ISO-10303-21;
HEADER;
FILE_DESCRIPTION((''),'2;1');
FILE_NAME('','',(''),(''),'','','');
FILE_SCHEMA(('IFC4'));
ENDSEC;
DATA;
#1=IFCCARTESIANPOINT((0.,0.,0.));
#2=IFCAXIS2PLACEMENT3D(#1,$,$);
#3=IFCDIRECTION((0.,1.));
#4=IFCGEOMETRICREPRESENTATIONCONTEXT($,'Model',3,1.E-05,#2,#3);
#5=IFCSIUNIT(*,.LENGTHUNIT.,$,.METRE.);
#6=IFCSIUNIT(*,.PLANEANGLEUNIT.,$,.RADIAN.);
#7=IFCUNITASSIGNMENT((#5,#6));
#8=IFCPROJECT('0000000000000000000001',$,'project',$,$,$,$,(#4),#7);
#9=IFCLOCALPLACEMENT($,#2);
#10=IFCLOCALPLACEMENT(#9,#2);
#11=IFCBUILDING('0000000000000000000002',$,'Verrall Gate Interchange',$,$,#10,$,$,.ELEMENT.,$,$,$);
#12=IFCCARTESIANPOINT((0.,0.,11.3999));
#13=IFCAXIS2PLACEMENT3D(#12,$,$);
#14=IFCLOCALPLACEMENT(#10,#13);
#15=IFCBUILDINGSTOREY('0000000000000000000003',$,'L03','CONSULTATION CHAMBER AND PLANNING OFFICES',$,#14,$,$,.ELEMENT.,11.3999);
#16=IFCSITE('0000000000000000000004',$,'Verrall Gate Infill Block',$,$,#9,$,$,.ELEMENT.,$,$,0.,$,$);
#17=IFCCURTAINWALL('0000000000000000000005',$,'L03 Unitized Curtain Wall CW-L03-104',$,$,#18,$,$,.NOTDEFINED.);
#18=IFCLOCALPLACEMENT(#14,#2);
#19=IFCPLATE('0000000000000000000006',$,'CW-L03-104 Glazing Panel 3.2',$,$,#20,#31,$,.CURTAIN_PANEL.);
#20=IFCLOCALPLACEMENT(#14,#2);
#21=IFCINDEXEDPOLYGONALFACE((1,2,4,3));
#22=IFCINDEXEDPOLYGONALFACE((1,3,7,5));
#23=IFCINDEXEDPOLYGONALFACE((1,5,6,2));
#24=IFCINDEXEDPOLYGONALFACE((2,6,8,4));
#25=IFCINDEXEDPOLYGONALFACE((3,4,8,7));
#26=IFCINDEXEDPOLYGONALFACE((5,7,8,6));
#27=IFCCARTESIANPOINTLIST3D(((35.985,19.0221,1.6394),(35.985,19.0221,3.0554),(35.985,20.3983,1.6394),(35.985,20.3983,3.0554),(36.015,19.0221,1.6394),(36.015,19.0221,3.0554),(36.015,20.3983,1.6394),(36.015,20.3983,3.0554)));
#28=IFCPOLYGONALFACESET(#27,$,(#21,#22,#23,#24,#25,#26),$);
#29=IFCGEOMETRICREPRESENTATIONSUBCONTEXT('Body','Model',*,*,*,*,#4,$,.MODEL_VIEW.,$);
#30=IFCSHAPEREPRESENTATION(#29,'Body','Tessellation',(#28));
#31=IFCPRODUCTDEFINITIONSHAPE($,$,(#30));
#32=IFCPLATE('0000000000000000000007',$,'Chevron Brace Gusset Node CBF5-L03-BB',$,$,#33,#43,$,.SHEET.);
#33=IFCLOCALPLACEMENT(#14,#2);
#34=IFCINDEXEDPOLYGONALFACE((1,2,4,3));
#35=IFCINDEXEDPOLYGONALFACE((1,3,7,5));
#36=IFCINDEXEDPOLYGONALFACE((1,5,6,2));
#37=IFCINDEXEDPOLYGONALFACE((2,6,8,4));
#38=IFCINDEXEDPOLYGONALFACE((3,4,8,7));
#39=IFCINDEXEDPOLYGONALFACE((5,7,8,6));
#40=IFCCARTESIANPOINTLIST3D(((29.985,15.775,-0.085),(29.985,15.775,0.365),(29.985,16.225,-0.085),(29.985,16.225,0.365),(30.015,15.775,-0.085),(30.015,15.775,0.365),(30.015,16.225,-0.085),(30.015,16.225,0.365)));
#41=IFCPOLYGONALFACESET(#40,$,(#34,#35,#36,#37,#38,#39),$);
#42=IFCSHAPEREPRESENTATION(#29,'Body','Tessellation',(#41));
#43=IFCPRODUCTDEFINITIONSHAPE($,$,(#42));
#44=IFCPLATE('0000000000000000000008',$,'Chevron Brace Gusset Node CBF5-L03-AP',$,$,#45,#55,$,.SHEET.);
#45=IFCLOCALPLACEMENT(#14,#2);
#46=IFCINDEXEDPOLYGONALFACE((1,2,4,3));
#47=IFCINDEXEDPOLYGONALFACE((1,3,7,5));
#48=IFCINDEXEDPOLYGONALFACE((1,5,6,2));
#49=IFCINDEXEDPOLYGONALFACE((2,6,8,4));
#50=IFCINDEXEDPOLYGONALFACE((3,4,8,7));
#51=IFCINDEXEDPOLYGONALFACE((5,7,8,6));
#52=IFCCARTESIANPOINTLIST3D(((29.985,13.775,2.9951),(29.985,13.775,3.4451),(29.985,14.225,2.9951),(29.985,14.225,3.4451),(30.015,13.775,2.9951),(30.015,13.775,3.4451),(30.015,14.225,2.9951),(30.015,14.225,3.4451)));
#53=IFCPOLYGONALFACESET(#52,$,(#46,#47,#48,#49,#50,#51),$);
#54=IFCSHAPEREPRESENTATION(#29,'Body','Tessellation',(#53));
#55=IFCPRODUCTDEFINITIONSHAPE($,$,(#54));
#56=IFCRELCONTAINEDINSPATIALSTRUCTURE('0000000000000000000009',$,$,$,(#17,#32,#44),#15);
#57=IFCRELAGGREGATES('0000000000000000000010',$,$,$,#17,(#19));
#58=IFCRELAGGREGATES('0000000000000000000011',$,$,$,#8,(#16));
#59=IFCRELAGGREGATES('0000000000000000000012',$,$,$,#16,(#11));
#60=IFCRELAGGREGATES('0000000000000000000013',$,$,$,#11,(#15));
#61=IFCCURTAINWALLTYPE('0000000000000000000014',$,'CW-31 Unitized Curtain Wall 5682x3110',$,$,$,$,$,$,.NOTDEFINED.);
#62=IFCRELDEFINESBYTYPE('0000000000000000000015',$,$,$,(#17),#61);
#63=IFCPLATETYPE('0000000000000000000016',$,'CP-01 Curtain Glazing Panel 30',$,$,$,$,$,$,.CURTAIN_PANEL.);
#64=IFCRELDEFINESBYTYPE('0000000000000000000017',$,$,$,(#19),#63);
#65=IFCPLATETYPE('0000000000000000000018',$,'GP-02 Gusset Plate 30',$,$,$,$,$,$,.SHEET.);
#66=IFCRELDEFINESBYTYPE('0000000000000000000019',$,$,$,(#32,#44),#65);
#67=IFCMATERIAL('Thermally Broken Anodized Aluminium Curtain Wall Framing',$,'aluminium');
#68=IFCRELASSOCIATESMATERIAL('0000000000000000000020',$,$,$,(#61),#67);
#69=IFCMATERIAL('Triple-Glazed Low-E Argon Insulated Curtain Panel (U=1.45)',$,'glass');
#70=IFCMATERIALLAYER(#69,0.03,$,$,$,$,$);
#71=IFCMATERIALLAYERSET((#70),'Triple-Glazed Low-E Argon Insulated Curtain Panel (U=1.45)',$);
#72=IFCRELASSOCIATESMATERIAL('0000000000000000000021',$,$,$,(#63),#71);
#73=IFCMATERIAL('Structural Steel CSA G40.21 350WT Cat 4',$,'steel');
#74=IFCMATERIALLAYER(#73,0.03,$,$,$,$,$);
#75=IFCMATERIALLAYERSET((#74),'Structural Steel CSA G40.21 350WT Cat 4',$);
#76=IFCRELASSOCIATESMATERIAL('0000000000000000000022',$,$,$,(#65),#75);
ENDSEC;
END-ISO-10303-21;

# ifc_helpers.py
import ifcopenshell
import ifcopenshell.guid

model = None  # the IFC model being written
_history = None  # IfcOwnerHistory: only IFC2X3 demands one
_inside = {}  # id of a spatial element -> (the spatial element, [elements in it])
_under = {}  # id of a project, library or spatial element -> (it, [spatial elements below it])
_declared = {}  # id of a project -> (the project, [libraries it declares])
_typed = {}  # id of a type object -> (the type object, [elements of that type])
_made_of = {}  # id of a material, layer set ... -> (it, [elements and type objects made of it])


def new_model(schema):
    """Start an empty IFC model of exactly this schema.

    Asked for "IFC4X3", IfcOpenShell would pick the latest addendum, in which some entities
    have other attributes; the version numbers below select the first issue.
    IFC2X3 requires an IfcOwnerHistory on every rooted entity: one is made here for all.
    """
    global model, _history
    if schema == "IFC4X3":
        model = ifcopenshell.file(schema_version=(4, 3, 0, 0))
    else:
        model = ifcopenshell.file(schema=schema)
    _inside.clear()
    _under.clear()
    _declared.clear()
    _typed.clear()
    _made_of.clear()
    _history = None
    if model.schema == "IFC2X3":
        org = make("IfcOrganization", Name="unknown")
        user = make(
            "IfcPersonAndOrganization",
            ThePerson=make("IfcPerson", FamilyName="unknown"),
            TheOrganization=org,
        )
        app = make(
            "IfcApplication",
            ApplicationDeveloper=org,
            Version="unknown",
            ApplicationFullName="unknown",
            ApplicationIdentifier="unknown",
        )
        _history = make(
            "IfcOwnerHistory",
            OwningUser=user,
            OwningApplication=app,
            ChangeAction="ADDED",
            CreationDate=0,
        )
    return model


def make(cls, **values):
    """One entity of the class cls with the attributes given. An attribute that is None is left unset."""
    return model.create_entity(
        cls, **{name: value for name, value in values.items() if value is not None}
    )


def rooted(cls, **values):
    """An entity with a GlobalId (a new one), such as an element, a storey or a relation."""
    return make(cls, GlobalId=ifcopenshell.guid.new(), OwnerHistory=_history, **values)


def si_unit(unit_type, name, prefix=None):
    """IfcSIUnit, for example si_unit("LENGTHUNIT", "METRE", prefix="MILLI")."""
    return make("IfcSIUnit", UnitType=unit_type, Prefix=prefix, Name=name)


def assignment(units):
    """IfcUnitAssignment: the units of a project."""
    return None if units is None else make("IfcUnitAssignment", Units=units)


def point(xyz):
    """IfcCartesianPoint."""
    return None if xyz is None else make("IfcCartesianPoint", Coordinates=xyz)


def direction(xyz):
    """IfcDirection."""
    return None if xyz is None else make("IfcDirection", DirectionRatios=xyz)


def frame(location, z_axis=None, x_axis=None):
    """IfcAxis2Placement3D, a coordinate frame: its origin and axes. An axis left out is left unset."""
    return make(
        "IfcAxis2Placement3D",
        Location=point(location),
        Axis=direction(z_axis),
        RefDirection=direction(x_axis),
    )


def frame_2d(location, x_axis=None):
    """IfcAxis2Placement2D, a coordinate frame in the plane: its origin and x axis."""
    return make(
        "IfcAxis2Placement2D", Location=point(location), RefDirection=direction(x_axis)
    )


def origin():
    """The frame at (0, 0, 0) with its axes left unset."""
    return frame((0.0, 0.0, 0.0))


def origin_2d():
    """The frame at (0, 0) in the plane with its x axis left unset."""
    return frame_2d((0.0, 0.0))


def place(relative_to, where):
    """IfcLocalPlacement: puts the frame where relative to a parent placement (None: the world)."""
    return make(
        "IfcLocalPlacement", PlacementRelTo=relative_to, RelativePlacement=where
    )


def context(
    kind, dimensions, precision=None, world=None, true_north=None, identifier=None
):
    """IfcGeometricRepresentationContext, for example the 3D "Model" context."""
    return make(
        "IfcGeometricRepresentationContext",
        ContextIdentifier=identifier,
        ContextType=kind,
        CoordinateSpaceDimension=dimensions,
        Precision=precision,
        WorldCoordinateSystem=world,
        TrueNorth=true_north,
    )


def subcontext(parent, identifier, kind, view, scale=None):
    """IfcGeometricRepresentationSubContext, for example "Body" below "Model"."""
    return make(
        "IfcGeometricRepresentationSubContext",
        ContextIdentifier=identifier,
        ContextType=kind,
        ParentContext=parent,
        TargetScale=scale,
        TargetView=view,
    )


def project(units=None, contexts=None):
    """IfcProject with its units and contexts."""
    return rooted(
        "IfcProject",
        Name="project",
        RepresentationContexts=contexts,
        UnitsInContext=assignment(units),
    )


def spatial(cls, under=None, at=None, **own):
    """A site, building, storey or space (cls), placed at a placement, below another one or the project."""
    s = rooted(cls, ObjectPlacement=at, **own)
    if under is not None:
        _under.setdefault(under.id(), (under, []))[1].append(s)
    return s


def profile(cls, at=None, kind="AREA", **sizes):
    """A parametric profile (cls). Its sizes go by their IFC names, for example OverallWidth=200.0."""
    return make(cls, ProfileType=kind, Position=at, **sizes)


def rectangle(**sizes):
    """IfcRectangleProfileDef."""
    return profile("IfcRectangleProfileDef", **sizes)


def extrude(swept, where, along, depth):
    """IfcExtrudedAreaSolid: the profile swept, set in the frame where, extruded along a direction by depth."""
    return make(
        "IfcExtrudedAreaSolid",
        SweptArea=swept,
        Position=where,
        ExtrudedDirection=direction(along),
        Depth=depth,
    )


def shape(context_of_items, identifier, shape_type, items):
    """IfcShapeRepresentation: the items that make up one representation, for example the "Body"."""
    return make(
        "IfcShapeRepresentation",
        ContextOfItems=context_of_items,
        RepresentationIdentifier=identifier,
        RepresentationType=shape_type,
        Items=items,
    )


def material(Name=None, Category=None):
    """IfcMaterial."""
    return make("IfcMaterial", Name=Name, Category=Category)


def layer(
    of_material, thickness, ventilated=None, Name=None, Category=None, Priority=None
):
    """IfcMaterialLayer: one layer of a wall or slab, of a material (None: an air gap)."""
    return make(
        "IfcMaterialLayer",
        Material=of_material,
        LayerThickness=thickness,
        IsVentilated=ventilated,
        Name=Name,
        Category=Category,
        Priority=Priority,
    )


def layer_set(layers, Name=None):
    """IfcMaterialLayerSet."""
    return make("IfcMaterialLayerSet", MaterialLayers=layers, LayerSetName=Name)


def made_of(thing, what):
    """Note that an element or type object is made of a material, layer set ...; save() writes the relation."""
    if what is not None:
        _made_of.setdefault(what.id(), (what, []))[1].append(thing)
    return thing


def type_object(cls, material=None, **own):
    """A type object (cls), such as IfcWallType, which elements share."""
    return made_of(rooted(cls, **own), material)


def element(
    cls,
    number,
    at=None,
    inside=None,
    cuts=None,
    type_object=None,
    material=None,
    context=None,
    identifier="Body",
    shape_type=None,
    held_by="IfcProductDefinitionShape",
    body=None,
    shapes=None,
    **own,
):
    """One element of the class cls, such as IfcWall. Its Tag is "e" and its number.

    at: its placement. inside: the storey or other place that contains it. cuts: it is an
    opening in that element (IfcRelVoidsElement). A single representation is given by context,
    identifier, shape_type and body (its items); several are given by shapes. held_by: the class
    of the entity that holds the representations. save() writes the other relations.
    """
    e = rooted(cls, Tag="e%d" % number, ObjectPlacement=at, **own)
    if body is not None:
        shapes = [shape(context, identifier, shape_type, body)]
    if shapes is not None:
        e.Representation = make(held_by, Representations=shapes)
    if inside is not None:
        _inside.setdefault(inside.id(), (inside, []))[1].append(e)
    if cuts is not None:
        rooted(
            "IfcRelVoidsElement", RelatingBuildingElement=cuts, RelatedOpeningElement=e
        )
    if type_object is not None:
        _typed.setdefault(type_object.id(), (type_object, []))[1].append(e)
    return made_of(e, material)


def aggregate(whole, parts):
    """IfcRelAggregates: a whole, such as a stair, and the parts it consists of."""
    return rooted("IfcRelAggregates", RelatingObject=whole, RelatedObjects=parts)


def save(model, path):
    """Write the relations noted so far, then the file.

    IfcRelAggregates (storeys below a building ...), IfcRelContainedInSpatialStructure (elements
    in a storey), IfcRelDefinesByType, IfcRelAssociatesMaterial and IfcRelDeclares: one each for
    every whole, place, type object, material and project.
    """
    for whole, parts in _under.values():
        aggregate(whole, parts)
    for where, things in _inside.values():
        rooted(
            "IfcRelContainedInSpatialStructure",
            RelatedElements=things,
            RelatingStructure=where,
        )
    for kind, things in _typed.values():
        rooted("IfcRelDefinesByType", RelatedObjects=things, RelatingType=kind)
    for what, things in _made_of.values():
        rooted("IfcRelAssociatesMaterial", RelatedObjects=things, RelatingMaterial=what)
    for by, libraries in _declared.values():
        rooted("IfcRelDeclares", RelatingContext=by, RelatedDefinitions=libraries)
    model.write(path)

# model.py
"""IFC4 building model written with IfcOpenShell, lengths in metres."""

from ifc_helpers import new_model, si_unit, direction, frame, origin, origin_2d, place, context, subcontext, project, spatial, rectangle, extrude, material, layer, layer_set, type_object, element, aggregate, save


model = new_model("IFC4")

# Units and contexts
model_context = context("Model", 3, precision=1e-05, world=origin(), true_north=direction((0.0, 1.0)))
body_context = subcontext(model_context, "Body", "Model", "MODEL_VIEW")
ifc_project = project(units=[si_unit("LENGTHUNIT", "METRE"), si_unit("PLANEANGLEUNIT", "RADIAN")], contexts=[model_context])

# Site, building, storey
site_placement = place(None, origin())
site = spatial("IfcSite", under=ifc_project, at=site_placement, Name="Verrall Gate Infill Block", CompositionType="ELEMENT", RefElevation=0.0)
building_placement = place(site_placement, origin())
building = spatial("IfcBuilding", under=site, at=building_placement, Name="Verrall Gate Interchange", CompositionType="ELEMENT")
storey_placement = place(building_placement, frame((0.0, 0.0, 11.3999)))
storey = spatial("IfcBuildingStorey", under=building, at=storey_placement, Name="L03", Description="CONSULTATION CHAMBER AND PLANNING OFFICES", CompositionType="ELEMENT", Elevation=11.3999)

# Curtain wall
ifc_material_1 = material(Name="Thermally Broken Anodized Aluminium Curtain Wall Framing", Category="aluminium")
curtain_wall_type = type_object("IfcCurtainWallType", Name="CW-31 Unitized Curtain Wall 5682x3110", PredefinedType="NOTDEFINED", material=ifc_material_1)
curtain_wall_placement = place(storey_placement, origin())
curtain_wall = element("IfcCurtainWall", 1, at=curtain_wall_placement, inside=storey, type_object=curtain_wall_type, Name="L03 Unitized Curtain Wall CW-L03-104", PredefinedType="NOTDEFINED")

# Plate
ifc_material_2 = material(Name="Triple-Glazed Low-E Argon Insulated Curtain Panel (U=1.45)", Category="glass")
ifc_layer_1 = layer(ifc_material_2, 0.03)
ifc_layer_set_1 = layer_set([ifc_layer_1], Name="Triple-Glazed Low-E Argon Insulated Curtain Panel (U=1.45)")
plate_type_1 = type_object("IfcPlateType", Name="CP-01 Curtain Glazing Panel 30", PredefinedType="CURTAIN_PANEL", material=ifc_layer_set_1)
plate_1_placement = place(storey_placement, frame((36.0, 19.7102, 1.6394), z_axis=(0.0, 0.0, 1.0), x_axis=(0.0, 1.0, 0.0)))
plate_1 = element("IfcPlate", 2, at=plate_1_placement, type_object=plate_type_1, Name="CW-L03-104 Glazing Panel 3.2", PredefinedType="CURTAIN_PANEL", context=body_context, shape_type="SweptSolid", body=[
    extrude(rectangle(XDim=1.3762, YDim=0.03, at=origin_2d()), origin(), (0.0, 0.0, 1.0), 1.416),
])
aggregate(curtain_wall, [plate_1])

# Plates
ifc_material_3 = material(Name="Structural Steel CSA G40.21 350WT Cat 4", Category="steel")
ifc_layer_2 = layer(ifc_material_3, 0.03)
ifc_layer_set_2 = layer_set([ifc_layer_2], Name="Structural Steel CSA G40.21 350WT Cat 4")
plate_type_2 = type_object("IfcPlateType", Name="GP-02 Gusset Plate 30", PredefinedType="SHEET", material=ifc_layer_set_2)
for number, where, z_axis, x_axis, name in (
    (3, (30.0, 16.0, -0.085), (0.0, 0.0, 1.0), (1.0, 0.0, 0.0), "Chevron Brace Gusset Node CBF5-L03-BB"),
    (4, (30.0, 14.0, 2.9951), (0.0, 0.0, 1.0), (1.0, 0.0, 0.0), "Chevron Brace Gusset Node CBF5-L03-AP"),
):
    element("IfcPlate", number, at=place(storey_placement, frame(where, z_axis=z_axis, x_axis=x_axis)), inside=storey, type_object=plate_type_2, Name=name, PredefinedType="SHEET", context=body_context, shape_type="SweptSolid", body=[
        extrude(rectangle(XDim=0.03, YDim=0.45, at=origin_2d()), origin(), (0.0, 0.0, 1.0), 0.45),
    ])

save(model, "model.ifc")
